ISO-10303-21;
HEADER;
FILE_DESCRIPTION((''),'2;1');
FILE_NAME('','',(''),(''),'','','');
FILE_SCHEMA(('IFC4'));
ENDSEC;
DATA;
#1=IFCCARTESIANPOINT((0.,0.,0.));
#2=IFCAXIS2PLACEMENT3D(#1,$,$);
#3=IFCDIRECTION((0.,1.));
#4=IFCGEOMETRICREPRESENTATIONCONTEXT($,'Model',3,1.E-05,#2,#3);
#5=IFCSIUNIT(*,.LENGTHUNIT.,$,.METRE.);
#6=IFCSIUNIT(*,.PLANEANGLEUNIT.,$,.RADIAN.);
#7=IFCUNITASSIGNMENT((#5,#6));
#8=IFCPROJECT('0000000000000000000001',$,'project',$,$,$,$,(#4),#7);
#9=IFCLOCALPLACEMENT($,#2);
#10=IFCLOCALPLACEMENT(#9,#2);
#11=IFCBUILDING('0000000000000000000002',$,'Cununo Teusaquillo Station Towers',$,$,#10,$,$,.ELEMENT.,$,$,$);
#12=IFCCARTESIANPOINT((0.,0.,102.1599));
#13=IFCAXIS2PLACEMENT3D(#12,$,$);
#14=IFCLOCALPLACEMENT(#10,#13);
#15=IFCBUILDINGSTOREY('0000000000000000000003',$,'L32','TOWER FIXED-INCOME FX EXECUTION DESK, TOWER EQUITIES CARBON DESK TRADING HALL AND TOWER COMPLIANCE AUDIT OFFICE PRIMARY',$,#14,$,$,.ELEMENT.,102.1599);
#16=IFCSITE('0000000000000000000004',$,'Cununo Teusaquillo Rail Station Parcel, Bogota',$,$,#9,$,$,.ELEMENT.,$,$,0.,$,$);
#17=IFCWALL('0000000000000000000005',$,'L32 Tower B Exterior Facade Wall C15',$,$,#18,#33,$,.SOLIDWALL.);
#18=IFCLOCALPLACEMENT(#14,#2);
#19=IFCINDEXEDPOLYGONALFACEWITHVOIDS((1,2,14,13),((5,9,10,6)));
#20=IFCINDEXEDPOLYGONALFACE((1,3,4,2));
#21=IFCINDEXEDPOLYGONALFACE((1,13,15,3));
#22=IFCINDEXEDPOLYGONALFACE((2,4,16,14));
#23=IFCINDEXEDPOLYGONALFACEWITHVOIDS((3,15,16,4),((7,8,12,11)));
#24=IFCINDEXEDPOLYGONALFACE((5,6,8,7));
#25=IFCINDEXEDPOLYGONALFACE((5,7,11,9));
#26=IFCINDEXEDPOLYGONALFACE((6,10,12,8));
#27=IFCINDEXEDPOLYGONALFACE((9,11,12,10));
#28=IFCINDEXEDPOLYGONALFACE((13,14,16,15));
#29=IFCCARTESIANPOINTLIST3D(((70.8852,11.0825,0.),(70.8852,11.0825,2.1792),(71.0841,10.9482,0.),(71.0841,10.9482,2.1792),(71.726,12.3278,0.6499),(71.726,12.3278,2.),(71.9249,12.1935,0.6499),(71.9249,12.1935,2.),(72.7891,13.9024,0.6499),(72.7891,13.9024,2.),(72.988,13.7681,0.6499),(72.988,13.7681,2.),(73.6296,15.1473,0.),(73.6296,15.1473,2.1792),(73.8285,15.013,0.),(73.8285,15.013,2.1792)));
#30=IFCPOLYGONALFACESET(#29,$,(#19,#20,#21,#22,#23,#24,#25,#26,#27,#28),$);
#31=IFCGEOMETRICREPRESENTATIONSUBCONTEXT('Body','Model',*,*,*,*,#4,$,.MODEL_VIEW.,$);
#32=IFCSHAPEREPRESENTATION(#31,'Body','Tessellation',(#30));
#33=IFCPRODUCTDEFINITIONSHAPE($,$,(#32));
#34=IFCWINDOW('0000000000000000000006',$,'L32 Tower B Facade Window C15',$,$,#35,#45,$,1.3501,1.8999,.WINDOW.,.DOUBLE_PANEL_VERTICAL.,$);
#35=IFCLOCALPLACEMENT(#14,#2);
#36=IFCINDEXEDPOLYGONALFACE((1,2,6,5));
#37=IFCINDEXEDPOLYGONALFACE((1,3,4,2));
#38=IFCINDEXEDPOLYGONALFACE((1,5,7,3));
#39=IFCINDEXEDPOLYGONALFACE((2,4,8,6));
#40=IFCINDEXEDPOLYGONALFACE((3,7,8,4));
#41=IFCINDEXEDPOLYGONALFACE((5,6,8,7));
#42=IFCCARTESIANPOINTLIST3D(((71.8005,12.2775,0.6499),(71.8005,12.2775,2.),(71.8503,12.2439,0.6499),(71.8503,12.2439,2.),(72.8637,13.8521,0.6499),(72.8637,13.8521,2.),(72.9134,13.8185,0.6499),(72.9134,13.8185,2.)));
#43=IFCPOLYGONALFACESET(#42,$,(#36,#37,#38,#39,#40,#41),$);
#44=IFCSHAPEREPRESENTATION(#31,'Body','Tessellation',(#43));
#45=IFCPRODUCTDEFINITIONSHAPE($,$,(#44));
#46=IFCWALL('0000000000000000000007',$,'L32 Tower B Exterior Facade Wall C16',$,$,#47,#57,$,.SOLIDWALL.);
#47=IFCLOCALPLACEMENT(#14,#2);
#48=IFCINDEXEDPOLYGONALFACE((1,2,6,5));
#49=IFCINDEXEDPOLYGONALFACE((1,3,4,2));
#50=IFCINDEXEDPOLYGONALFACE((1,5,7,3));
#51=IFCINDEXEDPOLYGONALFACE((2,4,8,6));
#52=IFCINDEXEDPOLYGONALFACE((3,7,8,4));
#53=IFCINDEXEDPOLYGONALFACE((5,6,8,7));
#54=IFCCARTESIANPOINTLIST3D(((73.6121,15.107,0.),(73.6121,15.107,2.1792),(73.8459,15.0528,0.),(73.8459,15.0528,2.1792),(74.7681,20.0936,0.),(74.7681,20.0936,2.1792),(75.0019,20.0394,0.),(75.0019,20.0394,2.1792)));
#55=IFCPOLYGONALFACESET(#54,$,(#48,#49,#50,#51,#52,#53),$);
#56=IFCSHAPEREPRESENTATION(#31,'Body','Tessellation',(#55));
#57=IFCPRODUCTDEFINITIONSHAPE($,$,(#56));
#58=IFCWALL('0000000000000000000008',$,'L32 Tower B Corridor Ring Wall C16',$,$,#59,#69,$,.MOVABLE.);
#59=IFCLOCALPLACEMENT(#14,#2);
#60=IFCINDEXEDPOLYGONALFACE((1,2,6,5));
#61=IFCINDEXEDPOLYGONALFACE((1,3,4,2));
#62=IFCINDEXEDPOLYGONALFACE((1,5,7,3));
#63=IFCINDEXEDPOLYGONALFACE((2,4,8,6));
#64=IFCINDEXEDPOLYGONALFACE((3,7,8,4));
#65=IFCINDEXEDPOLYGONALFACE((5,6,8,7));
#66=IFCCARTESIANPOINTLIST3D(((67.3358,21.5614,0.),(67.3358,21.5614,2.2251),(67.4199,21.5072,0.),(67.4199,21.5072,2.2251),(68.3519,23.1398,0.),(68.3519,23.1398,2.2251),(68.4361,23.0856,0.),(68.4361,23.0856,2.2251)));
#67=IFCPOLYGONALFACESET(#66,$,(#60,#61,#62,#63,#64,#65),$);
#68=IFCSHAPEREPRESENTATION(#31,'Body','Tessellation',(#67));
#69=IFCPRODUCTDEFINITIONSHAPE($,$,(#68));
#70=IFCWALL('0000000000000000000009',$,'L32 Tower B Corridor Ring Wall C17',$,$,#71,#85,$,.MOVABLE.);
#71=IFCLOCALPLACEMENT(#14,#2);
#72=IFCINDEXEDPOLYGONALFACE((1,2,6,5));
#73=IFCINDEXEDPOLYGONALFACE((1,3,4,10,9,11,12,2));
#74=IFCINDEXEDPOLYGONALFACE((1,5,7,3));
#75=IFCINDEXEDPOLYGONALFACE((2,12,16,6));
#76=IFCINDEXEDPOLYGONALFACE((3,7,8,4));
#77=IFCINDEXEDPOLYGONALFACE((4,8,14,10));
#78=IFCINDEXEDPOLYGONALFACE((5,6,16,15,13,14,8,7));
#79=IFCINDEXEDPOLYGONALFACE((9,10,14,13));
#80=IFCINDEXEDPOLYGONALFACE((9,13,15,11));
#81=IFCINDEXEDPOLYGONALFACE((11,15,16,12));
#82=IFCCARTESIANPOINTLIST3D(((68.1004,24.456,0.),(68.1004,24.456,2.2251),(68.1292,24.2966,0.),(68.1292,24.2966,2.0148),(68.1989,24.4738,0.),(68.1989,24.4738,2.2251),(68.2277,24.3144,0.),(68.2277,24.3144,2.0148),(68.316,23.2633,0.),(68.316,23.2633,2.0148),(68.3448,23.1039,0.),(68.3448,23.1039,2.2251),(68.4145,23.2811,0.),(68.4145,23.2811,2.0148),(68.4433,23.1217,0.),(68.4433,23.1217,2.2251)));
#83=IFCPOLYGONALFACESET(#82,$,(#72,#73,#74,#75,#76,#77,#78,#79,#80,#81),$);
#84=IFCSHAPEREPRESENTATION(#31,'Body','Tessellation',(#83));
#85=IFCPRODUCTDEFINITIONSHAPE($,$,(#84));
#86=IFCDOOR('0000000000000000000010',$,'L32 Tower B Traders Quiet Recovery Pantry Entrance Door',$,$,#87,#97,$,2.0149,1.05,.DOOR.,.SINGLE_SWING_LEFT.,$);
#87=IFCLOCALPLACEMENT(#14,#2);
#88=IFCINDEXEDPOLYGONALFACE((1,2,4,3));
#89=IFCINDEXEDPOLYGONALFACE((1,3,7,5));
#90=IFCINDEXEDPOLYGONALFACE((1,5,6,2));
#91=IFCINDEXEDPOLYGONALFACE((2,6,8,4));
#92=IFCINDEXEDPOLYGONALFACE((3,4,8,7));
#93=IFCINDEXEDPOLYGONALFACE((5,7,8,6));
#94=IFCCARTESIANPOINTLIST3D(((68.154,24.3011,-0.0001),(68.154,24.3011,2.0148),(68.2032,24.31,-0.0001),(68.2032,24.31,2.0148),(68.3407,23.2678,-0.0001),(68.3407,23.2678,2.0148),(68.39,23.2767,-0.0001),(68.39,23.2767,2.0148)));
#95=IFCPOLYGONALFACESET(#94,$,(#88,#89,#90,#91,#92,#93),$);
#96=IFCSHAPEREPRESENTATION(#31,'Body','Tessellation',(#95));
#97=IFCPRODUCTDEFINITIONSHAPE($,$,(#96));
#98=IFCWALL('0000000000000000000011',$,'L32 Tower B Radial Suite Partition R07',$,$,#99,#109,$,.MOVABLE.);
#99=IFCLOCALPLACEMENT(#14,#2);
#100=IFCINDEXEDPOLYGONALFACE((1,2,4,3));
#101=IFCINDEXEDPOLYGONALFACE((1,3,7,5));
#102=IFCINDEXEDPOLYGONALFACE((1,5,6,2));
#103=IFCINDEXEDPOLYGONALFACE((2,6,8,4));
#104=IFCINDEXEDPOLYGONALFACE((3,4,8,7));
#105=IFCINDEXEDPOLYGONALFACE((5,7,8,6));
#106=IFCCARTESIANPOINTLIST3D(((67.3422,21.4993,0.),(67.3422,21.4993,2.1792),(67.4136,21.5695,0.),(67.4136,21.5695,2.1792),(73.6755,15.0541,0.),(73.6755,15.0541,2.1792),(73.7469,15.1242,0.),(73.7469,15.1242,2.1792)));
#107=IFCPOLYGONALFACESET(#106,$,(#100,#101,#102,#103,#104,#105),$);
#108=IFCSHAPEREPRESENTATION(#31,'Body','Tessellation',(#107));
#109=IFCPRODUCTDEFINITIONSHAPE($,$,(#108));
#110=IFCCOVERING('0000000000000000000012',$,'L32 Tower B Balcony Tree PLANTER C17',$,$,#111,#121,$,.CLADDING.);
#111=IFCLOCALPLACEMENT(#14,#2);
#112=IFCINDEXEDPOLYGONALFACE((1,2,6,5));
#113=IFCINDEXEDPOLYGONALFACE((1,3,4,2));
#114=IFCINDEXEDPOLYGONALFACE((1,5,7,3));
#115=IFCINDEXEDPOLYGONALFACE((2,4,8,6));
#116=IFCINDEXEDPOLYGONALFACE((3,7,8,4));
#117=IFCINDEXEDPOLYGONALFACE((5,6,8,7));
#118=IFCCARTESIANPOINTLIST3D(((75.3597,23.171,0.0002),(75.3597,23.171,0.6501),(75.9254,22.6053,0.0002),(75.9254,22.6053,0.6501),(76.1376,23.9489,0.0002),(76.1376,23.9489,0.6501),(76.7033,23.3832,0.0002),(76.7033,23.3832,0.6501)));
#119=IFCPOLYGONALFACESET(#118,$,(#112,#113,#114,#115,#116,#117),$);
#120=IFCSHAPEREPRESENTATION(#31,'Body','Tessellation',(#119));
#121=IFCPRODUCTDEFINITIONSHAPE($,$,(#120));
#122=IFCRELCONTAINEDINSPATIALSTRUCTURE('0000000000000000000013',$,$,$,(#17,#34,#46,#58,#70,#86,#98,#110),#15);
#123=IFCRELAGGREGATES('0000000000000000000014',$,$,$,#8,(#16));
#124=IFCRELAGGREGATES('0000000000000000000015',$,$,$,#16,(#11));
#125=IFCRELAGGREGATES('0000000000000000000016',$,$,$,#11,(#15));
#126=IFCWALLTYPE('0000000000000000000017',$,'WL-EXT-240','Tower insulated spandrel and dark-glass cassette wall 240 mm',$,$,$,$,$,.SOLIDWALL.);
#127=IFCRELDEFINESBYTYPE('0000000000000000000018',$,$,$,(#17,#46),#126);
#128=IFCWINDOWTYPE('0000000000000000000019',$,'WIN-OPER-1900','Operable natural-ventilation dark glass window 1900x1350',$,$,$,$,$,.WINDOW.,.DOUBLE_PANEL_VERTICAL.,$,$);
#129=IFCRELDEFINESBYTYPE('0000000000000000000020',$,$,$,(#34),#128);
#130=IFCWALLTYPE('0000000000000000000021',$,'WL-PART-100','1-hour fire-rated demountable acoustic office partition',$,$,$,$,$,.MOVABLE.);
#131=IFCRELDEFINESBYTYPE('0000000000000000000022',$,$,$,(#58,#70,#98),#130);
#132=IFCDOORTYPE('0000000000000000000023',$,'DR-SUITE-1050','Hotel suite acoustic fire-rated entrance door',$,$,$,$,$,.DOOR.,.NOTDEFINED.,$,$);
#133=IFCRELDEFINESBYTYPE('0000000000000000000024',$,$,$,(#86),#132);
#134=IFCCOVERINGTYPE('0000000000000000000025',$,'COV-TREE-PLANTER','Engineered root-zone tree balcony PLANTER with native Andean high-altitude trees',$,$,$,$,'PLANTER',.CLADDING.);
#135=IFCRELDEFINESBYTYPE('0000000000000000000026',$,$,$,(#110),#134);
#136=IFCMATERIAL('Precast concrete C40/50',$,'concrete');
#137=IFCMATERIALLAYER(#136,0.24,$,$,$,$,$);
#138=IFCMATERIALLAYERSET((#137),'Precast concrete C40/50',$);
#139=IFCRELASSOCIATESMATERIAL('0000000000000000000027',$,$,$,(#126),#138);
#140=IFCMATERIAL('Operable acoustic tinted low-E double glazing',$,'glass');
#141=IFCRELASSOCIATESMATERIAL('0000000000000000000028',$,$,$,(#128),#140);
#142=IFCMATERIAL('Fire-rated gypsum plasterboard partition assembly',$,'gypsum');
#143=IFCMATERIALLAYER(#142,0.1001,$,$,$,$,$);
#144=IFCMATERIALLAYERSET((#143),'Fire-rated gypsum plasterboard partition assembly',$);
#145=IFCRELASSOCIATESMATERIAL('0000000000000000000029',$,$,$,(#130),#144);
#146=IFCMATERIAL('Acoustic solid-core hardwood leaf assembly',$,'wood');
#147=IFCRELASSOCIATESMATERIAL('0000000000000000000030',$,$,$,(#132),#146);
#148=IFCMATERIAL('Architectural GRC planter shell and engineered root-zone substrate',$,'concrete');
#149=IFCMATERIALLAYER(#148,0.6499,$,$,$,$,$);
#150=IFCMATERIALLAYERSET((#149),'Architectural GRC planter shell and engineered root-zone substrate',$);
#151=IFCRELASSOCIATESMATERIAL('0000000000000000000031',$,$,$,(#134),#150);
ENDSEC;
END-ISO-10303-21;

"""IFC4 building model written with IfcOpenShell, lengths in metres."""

from ifc_helpers import new_model, si_unit, direction, frame, frame_2d, origin, origin_2d, place, context, subcontext, project, spatial, rectangle, extrude, source, transform, mapped, material, layer, layer_set, type_object, element, fill, save


model = new_model("IFC4")

# Units and contexts
model_context = context("Model", 3, precision=1e-05, world=origin(), true_north=direction((0.0, 1.0)))
body_context = subcontext(model_context, "Body", "Model", "MODEL_VIEW")
ifc_project = project(units=[si_unit("LENGTHUNIT", "METRE"), si_unit("PLANEANGLEUNIT", "RADIAN")], contexts=[model_context])

# Site, building, storey
site_placement = place(None, origin())
site = spatial("IfcSite", under=ifc_project, at=site_placement, Name="Cununo Teusaquillo Rail Station Parcel, Bogota", CompositionType="ELEMENT", RefElevation=0.0)
building_placement = place(site_placement, origin())
building = spatial("IfcBuilding", under=site, at=building_placement, Name="Cununo Teusaquillo Station Towers", CompositionType="ELEMENT")
storey_placement = place(building_placement, frame((0.0, 0.0, 102.1599)))
storey = spatial("IfcBuildingStorey", under=building, at=storey_placement, Name="L32", Description="TOWER FIXED-INCOME FX EXECUTION DESK, TOWER EQUITIES CARBON DESK TRADING HALL AND TOWER COMPLIANCE AUDIT OFFICE PRIMARY", CompositionType="ELEMENT", Elevation=102.1599)

# Shared definitions
ifc_material_1 = material(Name="Precast concrete C40/50", Category="concrete")
ifc_layer_1 = layer(ifc_material_1, 0.24)
ifc_layer_set_1 = layer_set([ifc_layer_1], Name="Precast concrete C40/50")
wall_type_1 = type_object("IfcWallType", Name="WL-EXT-240", Description="Tower insulated spandrel and dark-glass cassette wall 240 mm", PredefinedType="SOLIDWALL", material=ifc_layer_set_1)

# Wall, opening, window
wall_1_placement = place(storey_placement, frame((73.729, 15.0801, 0.0), z_axis=(0.0, 0.0, 1.0), x_axis=(-0.559573, -0.828781, 0.0)))
wall_1 = element("IfcWall", 1, at=wall_1_placement, inside=storey, type_object=wall_type_1, Name="L32 Tower B Exterior Facade Wall C15", PredefinedType="SOLIDWALL", context=body_context, shape_type="SweptSolid", body=[
    extrude(rectangle(XDim=4.9045, YDim=0.24, at=frame_2d((2.4521, 0.0))), origin(), (0.0, 0.0, 1.0), 2.1792),
])
shared_shape_1 = source(origin(), body_context, "Body", "SweptSolid", [
    extrude(rectangle(XDim=1.8999, YDim=1.3501, at=frame_2d((0.95, 0.675))), frame((0.0, 0.1299, 0.0), z_axis=(0.0, -1.0, 0.0), x_axis=(1.0, 0.0, 0.0)), (0.0, 0.0, 1.0), 0.26),
])
opening_1_placement = place(wall_1_placement, frame((1.502, 0.0, 0.6499)))
opening_1 = element("IfcOpeningElement", 2, at=opening_1_placement, cuts=wall_1, PredefinedType="OPENING", context=body_context, shape_type="MappedRepresentation", body=[
    mapped(shared_shape_1, transform((0.0, 0.0, 0.0), x_axis=(1.0, 0.0, 0.0), y_axis=(0.0, 1.0, 0.0), z_axis=(0.0, 0.0, 1.0), scale=1.0)),
])
ifc_material_2 = material(Name="Operable acoustic tinted low-E double glazing", Category="glass")
window_type_1 = type_object("IfcWindowType", Name="WIN-OPER-1900", Description="Operable natural-ventilation dark glass window 1900x1350", PartitioningType="DOUBLE_PANEL_VERTICAL", PredefinedType="WINDOW", material=ifc_material_2)
shared_shape_2 = source(origin(), body_context, "Body", "SweptSolid", [
    extrude(rectangle(XDim=1.8999, YDim=1.3501, at=frame_2d((0.95, 0.675))), frame((0.0, 0.03, 0.0), z_axis=(0.0, -1.0, 0.0), x_axis=(1.0, 0.0, 0.0)), (0.0, 0.0, 1.0), 0.0601),
])
window_1_placement = place(opening_1_placement, origin())
window_1 = element("IfcWindow", 3, at=window_1_placement, inside=storey, type_object=window_type_1, Name="L32 Tower B Facade Window C15", OverallHeight=1.3501, OverallWidth=1.8999, PartitioningType="DOUBLE_PANEL_VERTICAL", PredefinedType="WINDOW", context=body_context, shape_type="MappedRepresentation", body=[
    mapped(shared_shape_2, transform((0.0, 0.0, 0.0), x_axis=(1.0, 0.0, 0.0), y_axis=(0.0, 1.0, 0.0), z_axis=(0.0, 0.0, 1.0), scale=1.0)),
])
fill(opening_1, window_1)

# Walls
wall_2_placement = place(storey_placement, frame((74.885, 20.0667, 0.0), z_axis=(0.0, 0.0, 1.0), x_axis=(-0.225835, -0.974166, 0.0)))
element("IfcWall", 4, at=wall_2_placement, inside=storey, type_object=wall_type_1, Name="L32 Tower B Exterior Facade Wall C16", PredefinedType="SOLIDWALL", context=body_context, shape_type="SweptSolid", body=[
    extrude(rectangle(XDim=5.1189, YDim=0.24, at=frame_2d((2.5596, 0.0))), origin(), (0.0, 0.0, 1.0), 2.1792),
])
ifc_material_3 = material(Name="Fire-rated gypsum plasterboard partition assembly", Category="gypsum")
ifc_layer_2 = layer(ifc_material_3, 0.1001)
ifc_layer_set_2 = layer_set([ifc_layer_2], Name="Fire-rated gypsum plasterboard partition assembly")
wall_type_2 = type_object("IfcWallType", Name="WL-PART-100", Description="1-hour fire-rated demountable acoustic office partition", PredefinedType="MOVABLE", material=ifc_layer_set_2)
wall_3_placement = place(storey_placement, frame((67.3779, 21.5344, 0.0), z_axis=(0.0, 0.0, 1.0), x_axis=(0.541303, 0.840828, 0.0)))
element("IfcWall", 5, at=wall_3_placement, inside=storey, type_object=wall_type_2, Name="L32 Tower B Corridor Ring Wall C16", PredefinedType="MOVABLE", context=body_context, shape_type="SweptSolid", body=[
    extrude(rectangle(XDim=1.8772, YDim=0.1001, at=frame_2d((0.9385, 0.0))), origin(), (0.0, 0.0, 1.0), 2.2251),
])

# Wall, opening, door
wall_4_placement = place(storey_placement, frame((68.394, 23.1128, 0.0), z_axis=(0.0, 0.0, 1.0), x_axis=(-0.177869, 0.984054, 0.0)))
wall_4 = element("IfcWall", 6, at=wall_4_placement, inside=storey, type_object=wall_type_2, Name="L32 Tower B Corridor Ring Wall C17", PredefinedType="MOVABLE", context=body_context, shape_type="SweptSolid", body=[
    extrude(rectangle(XDim=1.374, YDim=0.1001, at=frame_2d((0.687, 0.0))), origin(), (0.0, 0.0, 1.0), 2.2251),
])
shared_shape_3 = source(origin(), body_context, "Body", "SweptSolid", [
    extrude(rectangle(XDim=1.05, YDim=2.0149, at=frame_2d((0.5249, 1.0073))), frame((0.0, 0.0601, 0.0), z_axis=(0.0, -1.0, 0.0), x_axis=(1.0, 0.0, 0.0)), (0.0, 0.0, 1.0), 0.1201),
])
opening_2_placement = place(wall_4_placement, frame((0.1621, 0.0, 0.0)))
opening_2 = element("IfcOpeningElement", 7, at=opening_2_placement, cuts=wall_4, PredefinedType="OPENING", context=body_context, shape_type="MappedRepresentation", body=[
    mapped(shared_shape_3, transform((0.0, 0.0, 0.0), x_axis=(1.0, 0.0, 0.0), y_axis=(0.0, 1.0, 0.0), z_axis=(0.0, 0.0, 1.0), scale=1.0)),
])
ifc_material_4 = material(Name="Acoustic solid-core hardwood leaf assembly", Category="wood")
door_type = type_object("IfcDoorType", Name="DR-SUITE-1050", Description="Hotel suite acoustic fire-rated entrance door", OperationType="NOTDEFINED", PredefinedType="DOOR", material=ifc_material_4)
shared_shape_4 = source(origin(), body_context, "Body", "SweptSolid", [
    extrude(rectangle(XDim=1.05, YDim=2.0149, at=frame_2d((0.5249, 1.0073))), frame((0.0, 0.0249, 0.0), z_axis=(0.0, -1.0, 0.0), x_axis=(1.0, 0.0, 0.0)), (0.0, 0.0, 1.0), 0.05),
])
door_placement = place(opening_2_placement, origin())
door = element("IfcDoor", 8, at=door_placement, inside=storey, type_object=door_type, Name="L32 Tower B Traders Quiet Recovery Pantry Entrance Door", OperationType="SINGLE_SWING_LEFT", OverallHeight=2.0149, OverallWidth=1.05, PredefinedType="DOOR", context=body_context, shape_type="MappedRepresentation", body=[
    mapped(shared_shape_4, transform((0.0, 0.0, 0.0), x_axis=(1.0, 0.0, 0.0), y_axis=(0.0, 1.0, 0.0), z_axis=(0.0, 0.0, 1.0), scale=1.0)),
])
fill(opening_2, door)

# Wall
wall_5_placement = place(storey_placement, frame((67.3779, 21.5344, 0.0), z_axis=(0.0, 0.0, 1.0), x_axis=(0.700879, -0.71328, 0.0)))
element("IfcWall", 9, at=wall_5_placement, inside=storey, type_object=wall_type_2, Name="L32 Tower B Radial Suite Partition R07", PredefinedType="MOVABLE", context=body_context, shape_type="SweptSolid", body=[
    extrude(rectangle(XDim=9.0361, YDim=0.1001, at=frame_2d((4.5181, 0.0))), origin(), (0.0, 0.0, 1.0), 2.1792),
])

# Covering
ifc_material_5 = material(Name="Architectural GRC planter shell and engineered root-zone substrate", Category="concrete")
ifc_layer_3 = layer(ifc_material_5, 0.6499)
ifc_layer_set_3 = layer_set([ifc_layer_3], Name="Architectural GRC planter shell and engineered root-zone substrate")
covering_type = type_object("IfcCoveringType", Name="COV-TREE-PLANTER", Description="Engineered root-zone tree balcony PLANTER with native Andean high-altitude trees", ElementType="PLANTER", PredefinedType="CLADDING", material=ifc_layer_set_3)
shared_shape_5 = source(origin(), body_context, "Body", "SweptSolid", [
    extrude(rectangle(XDim=1.1001, YDim=0.8, at=origin_2d()), origin(), (0.0, 0.0, 1.0), 0.6499),
])
covering_placement = place(storey_placement, frame((76.0315, 23.2771, 0.0002), z_axis=(0.0, 0.0, 1.0), x_axis=(0.707107, 0.707107, 0.0)))
element("IfcCovering", 10, at=covering_placement, inside=storey, type_object=covering_type, Name="L32 Tower B Balcony Tree PLANTER C17", PredefinedType="CLADDING", context=body_context, shape_type="MappedRepresentation", body=[
    mapped(shared_shape_5, transform((0.0, 0.0, 0.0), x_axis=(1.0, 0.0, 0.0), y_axis=(0.0, 1.0, 0.0), z_axis=(0.0, 0.0, 1.0), scale=1.0)),
])

save(model, "model.ifc")
